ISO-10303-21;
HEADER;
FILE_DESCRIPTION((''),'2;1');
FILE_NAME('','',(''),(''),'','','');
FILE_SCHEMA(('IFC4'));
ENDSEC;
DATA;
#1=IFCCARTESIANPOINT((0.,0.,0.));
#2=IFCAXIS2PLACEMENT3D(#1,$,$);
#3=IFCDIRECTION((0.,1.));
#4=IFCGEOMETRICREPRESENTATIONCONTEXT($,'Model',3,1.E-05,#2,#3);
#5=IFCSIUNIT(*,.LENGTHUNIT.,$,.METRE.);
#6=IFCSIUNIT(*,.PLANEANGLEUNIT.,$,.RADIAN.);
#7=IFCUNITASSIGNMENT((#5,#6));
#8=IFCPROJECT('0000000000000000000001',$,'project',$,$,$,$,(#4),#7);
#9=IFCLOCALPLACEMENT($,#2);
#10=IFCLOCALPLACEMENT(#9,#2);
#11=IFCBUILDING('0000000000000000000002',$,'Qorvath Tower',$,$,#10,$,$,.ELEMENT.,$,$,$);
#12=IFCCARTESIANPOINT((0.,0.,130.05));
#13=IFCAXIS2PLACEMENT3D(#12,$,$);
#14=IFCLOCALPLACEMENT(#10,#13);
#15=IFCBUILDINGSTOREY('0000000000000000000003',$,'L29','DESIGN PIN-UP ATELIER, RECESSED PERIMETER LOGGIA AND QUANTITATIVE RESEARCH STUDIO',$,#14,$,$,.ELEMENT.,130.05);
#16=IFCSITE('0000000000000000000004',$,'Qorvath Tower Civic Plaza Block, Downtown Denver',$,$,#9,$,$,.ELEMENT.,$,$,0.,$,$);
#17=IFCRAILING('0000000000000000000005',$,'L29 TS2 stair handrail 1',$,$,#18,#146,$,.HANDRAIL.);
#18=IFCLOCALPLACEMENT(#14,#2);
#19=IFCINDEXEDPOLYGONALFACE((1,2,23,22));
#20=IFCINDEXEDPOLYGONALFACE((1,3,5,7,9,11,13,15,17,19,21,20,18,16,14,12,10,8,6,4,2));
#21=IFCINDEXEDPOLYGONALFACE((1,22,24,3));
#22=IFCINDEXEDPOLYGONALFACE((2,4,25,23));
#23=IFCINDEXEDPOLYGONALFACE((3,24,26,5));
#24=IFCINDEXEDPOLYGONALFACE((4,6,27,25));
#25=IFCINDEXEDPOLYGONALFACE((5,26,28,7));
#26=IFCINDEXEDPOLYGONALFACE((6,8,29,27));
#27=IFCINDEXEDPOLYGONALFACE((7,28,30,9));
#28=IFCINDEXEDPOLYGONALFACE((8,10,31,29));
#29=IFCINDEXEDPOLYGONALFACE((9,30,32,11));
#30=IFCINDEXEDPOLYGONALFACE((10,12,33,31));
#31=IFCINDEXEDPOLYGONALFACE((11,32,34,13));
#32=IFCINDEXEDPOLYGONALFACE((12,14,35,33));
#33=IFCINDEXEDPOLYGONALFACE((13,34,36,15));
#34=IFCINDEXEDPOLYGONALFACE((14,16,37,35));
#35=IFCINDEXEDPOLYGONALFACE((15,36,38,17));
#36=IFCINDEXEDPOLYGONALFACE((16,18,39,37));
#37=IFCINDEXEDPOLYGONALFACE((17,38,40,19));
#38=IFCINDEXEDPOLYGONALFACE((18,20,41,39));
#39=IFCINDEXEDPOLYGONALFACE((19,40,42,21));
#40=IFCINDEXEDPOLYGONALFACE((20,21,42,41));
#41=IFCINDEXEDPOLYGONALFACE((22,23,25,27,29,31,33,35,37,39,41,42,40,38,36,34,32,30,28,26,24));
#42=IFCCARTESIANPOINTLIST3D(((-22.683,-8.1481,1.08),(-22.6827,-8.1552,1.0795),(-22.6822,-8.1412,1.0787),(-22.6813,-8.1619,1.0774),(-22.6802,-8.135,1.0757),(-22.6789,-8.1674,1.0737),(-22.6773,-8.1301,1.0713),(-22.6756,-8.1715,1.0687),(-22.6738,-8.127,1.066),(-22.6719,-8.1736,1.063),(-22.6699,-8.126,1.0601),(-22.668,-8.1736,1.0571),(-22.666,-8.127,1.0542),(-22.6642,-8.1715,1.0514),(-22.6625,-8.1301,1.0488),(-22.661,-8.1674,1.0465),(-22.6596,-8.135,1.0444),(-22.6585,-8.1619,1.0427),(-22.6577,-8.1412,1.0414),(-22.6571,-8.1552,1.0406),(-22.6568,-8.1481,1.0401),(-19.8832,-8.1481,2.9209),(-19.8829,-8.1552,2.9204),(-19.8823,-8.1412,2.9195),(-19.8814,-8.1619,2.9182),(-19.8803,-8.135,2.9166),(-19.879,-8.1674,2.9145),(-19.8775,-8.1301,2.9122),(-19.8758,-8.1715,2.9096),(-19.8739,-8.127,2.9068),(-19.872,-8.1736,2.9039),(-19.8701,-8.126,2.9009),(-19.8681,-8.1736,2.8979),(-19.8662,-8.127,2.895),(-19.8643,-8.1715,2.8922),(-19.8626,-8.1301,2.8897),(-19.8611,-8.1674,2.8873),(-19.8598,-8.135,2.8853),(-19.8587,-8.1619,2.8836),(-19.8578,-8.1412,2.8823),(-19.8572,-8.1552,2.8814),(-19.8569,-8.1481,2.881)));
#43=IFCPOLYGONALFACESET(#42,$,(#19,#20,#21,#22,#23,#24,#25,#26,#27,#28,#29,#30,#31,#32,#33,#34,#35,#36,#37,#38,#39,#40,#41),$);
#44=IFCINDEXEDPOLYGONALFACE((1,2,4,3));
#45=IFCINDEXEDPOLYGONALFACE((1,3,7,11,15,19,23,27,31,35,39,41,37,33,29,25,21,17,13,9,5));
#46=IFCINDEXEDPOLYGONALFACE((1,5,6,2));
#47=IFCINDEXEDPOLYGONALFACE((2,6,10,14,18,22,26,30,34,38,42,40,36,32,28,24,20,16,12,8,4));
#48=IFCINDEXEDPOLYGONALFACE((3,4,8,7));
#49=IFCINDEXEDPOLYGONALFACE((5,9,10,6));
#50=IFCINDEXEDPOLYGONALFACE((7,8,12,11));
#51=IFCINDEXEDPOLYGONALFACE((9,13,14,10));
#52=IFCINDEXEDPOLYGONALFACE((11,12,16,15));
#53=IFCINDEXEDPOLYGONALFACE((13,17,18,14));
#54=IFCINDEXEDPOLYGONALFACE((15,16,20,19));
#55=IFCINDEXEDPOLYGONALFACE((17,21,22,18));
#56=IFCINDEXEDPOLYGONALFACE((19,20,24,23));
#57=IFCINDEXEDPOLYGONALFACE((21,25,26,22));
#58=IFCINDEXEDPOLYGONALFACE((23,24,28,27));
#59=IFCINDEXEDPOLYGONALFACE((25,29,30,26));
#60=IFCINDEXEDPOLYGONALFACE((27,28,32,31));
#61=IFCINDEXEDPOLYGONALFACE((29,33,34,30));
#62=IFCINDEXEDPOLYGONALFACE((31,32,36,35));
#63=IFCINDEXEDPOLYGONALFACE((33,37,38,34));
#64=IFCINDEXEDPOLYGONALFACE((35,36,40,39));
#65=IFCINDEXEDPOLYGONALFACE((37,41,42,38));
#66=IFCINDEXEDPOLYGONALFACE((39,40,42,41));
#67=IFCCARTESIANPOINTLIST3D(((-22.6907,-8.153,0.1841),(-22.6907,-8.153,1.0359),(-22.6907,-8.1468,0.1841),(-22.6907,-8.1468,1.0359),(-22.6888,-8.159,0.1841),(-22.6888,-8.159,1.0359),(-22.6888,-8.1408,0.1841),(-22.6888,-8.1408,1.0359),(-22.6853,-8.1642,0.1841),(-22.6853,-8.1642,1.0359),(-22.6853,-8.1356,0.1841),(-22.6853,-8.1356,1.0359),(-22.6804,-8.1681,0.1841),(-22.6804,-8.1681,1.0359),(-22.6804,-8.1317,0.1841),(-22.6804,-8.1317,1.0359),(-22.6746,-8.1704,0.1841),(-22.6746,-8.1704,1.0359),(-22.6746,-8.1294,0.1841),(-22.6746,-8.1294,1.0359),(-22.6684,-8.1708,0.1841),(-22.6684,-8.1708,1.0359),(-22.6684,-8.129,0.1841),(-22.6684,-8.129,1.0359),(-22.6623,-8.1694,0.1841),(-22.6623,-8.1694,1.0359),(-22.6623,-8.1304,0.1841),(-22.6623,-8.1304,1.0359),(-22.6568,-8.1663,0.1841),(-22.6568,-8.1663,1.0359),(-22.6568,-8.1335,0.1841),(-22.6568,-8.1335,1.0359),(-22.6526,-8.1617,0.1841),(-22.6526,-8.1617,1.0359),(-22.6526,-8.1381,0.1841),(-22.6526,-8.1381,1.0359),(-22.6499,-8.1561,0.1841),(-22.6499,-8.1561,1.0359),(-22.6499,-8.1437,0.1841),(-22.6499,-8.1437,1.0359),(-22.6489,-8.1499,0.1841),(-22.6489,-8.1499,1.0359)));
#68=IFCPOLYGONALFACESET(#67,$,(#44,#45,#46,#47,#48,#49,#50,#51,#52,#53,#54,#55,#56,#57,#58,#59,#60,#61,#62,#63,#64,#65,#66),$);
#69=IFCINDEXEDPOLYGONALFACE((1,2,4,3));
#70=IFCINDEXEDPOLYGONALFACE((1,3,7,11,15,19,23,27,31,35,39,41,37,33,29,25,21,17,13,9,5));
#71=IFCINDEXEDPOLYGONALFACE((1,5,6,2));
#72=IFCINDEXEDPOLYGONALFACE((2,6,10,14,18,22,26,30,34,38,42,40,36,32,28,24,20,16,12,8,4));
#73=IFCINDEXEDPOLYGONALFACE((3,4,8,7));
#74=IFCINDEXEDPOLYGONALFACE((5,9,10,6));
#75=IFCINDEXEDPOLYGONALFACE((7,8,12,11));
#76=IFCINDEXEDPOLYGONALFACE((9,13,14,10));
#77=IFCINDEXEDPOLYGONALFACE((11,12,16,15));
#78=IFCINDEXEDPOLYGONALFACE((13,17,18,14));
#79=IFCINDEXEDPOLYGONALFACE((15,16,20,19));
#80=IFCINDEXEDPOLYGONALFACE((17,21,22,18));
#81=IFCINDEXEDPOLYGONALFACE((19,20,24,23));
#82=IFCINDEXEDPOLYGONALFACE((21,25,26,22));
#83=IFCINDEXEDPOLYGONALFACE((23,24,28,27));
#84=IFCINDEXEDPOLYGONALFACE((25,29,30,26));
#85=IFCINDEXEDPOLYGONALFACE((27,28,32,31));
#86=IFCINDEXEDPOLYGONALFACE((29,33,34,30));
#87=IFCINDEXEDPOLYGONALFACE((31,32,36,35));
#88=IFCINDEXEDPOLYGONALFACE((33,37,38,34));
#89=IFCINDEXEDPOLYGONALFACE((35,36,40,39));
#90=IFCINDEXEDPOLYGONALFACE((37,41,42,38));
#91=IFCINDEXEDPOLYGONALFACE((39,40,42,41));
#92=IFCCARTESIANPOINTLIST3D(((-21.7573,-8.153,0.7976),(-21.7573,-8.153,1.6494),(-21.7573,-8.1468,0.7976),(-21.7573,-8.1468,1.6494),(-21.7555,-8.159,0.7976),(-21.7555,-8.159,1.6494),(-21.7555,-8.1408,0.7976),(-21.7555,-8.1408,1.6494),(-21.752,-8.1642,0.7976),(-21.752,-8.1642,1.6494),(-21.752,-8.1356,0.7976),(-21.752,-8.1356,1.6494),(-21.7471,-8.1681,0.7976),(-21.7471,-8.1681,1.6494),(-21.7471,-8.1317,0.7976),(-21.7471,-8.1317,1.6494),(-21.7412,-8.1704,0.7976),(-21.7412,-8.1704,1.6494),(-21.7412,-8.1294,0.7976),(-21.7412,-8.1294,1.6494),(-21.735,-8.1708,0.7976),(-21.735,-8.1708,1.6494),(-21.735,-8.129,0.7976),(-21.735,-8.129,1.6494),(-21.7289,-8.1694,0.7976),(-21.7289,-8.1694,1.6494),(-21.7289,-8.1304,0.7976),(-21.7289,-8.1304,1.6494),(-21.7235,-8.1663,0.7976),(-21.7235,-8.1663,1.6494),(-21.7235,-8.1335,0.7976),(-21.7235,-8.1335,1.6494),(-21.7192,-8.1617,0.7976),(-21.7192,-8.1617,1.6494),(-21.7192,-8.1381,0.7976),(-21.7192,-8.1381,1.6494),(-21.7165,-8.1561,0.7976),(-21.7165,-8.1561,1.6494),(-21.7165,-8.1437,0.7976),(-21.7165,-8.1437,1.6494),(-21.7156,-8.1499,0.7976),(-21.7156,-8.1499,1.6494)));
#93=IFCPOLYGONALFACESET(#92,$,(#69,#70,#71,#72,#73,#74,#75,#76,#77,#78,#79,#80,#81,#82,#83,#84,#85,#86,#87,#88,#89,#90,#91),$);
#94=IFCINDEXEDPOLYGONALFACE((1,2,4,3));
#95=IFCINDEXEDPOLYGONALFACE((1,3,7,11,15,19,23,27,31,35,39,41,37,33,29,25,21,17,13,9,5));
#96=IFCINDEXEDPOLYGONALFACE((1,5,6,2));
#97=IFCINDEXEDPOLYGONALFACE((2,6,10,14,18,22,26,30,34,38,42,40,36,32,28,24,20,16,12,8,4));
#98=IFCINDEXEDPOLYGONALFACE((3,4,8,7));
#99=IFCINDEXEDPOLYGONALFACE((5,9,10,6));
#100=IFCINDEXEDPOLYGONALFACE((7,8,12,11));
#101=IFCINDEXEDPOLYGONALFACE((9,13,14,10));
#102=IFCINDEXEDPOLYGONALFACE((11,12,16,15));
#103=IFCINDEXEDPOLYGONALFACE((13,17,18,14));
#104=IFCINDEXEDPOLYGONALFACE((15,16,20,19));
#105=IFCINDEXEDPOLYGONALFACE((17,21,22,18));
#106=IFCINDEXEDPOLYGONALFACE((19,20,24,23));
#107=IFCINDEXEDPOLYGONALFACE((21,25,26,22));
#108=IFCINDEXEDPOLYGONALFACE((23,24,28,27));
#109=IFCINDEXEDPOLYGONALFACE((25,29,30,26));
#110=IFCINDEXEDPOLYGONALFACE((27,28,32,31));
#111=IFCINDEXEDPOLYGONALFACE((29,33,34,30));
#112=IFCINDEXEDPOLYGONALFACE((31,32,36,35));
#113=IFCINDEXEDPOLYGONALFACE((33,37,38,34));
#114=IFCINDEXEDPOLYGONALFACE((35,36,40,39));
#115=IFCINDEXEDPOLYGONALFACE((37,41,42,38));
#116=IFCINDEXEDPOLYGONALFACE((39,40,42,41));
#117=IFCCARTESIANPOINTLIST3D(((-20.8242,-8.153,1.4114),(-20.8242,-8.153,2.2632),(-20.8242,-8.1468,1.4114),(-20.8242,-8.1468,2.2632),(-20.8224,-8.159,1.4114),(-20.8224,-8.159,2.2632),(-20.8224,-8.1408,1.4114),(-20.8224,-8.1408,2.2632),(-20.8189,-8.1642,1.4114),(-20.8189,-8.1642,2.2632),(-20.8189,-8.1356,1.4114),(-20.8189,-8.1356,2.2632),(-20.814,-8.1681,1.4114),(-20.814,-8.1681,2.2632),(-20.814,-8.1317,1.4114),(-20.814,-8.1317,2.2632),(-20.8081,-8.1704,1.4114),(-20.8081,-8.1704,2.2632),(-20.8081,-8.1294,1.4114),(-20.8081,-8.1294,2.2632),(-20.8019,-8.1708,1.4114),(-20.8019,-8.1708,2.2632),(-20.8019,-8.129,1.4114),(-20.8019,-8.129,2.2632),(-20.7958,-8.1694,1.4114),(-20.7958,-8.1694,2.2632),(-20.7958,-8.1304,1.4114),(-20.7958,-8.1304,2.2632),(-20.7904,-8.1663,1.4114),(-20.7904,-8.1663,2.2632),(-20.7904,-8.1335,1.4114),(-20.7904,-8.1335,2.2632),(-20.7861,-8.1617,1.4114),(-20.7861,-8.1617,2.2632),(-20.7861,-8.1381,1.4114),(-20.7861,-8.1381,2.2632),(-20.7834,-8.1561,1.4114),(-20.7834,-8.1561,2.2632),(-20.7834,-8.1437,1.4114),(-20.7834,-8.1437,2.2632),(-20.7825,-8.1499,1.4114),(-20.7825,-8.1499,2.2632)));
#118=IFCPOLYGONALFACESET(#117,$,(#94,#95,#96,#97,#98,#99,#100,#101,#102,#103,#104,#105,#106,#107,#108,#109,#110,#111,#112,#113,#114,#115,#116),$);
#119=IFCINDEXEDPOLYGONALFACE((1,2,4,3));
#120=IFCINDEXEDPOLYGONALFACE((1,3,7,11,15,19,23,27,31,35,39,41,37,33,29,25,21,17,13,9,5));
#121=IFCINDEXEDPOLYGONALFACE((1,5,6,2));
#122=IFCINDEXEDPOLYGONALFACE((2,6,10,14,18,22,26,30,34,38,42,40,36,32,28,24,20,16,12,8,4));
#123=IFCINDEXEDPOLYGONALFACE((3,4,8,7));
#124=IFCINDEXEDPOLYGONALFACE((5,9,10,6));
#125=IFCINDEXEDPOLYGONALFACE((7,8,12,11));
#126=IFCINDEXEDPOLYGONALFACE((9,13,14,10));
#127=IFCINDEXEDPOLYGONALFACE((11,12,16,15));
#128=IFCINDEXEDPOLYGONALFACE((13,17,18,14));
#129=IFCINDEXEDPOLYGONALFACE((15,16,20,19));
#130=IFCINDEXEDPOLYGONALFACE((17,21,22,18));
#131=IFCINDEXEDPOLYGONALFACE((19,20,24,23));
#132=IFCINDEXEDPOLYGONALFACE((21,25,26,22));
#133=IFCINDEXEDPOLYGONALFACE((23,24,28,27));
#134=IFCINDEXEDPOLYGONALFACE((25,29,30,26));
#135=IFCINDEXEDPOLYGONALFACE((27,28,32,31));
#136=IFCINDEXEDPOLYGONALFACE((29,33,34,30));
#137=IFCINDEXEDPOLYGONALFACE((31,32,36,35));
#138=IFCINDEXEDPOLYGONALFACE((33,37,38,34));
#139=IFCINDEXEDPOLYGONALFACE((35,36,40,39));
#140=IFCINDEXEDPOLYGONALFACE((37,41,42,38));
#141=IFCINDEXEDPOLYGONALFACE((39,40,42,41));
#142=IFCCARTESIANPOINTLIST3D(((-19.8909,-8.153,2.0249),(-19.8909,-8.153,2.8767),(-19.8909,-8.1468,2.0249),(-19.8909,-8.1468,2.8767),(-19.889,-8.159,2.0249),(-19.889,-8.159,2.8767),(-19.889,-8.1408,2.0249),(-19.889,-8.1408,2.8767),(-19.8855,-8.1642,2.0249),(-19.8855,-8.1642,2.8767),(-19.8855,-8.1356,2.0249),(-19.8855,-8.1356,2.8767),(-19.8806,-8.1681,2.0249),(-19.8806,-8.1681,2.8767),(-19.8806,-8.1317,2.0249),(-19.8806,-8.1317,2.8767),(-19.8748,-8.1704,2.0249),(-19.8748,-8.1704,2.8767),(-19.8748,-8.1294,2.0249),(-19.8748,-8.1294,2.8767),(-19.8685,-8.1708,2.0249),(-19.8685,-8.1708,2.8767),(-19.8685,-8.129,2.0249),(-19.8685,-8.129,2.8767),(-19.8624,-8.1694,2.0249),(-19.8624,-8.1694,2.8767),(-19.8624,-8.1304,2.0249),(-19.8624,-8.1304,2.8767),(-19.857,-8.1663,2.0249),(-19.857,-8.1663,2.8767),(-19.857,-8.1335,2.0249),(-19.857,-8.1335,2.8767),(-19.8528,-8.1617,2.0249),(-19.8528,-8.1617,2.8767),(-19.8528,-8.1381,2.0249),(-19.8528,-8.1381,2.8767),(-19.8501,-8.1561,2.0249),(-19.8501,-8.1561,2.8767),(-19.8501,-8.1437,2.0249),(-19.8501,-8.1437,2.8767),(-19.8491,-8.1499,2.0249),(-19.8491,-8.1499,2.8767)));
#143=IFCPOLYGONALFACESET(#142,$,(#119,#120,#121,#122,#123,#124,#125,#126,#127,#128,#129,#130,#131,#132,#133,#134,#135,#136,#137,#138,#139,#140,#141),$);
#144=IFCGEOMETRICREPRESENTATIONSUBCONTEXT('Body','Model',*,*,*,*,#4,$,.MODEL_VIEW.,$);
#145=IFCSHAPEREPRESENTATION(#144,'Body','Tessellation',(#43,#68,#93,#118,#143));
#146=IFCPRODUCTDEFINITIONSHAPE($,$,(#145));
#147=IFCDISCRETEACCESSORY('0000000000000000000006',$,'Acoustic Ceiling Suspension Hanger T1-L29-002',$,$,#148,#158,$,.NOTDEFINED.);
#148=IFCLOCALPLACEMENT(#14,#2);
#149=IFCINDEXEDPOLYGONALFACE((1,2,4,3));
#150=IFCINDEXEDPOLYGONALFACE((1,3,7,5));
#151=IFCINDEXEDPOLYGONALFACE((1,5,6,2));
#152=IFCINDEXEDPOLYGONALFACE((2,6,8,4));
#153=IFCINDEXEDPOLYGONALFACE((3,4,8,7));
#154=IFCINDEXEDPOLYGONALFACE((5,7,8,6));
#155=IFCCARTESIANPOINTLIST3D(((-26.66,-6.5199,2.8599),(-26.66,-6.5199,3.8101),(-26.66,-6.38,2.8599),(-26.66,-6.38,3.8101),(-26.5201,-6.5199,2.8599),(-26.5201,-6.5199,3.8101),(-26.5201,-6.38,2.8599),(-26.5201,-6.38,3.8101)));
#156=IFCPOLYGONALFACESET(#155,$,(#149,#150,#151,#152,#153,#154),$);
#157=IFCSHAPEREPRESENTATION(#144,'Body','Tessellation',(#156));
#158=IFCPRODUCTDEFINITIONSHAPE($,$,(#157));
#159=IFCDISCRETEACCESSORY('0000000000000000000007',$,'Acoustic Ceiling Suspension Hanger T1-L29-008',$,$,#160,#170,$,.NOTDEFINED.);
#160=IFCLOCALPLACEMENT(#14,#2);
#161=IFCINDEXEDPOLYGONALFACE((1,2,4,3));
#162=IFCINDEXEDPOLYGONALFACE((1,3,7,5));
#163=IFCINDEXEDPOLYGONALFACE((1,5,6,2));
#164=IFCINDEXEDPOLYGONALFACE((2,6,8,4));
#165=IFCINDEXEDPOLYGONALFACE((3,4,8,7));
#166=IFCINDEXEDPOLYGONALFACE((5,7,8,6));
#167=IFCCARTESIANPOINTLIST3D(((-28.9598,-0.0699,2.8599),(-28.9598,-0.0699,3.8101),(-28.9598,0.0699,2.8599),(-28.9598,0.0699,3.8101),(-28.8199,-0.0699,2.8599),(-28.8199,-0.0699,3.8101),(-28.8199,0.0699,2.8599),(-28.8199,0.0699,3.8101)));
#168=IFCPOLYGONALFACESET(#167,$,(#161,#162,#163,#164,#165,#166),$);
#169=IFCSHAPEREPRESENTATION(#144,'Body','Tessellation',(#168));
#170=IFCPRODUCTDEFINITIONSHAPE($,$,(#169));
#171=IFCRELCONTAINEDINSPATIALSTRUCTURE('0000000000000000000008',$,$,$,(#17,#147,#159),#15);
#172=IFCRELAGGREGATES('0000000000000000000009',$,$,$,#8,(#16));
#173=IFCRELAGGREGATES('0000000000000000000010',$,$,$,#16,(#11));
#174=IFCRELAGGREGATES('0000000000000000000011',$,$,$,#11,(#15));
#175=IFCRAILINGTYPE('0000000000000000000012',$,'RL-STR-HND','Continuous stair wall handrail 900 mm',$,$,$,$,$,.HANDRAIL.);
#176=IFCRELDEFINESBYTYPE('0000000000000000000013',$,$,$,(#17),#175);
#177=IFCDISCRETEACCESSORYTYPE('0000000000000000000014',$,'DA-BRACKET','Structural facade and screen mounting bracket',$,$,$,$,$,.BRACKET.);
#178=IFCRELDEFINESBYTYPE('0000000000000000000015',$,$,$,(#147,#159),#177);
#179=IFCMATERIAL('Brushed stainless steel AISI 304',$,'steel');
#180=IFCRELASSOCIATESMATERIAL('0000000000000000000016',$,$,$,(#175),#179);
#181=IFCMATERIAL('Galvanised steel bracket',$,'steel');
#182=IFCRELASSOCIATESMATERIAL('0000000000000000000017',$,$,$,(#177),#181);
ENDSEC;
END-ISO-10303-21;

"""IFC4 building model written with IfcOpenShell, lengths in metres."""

from ifc_helpers import new_model, si_unit, direction, frame, origin, origin_2d, place, context, subcontext, project, spatial, rectangle, circle, extrude, material, type_object, element, save


model = new_model("IFC4")

# Units and contexts
model_context = context("Model", 3, precision=1e-05, world=origin(), true_north=direction((0.0, 1.0)))
body_context = subcontext(model_context, "Body", "Model", "MODEL_VIEW")
ifc_project = project(units=[si_unit("LENGTHUNIT", "METRE"), si_unit("PLANEANGLEUNIT", "RADIAN")], contexts=[model_context])

# Site, building, storey
site_placement = place(None, origin())
site = spatial("IfcSite", under=ifc_project, at=site_placement, Name="Qorvath Tower Civic Plaza Block, Downtown Denver", CompositionType="ELEMENT", RefElevation=0.0)
building_placement = place(site_placement, origin())
building = spatial("IfcBuilding", under=site, at=building_placement, Name="Qorvath Tower", CompositionType="ELEMENT")
storey_placement = place(building_placement, frame((0.0, 0.0, 130.05)))
storey = spatial("IfcBuildingStorey", under=building, at=storey_placement, Name="L29", Description="DESIGN PIN-UP ATELIER, RECESSED PERIMETER LOGGIA AND QUANTITATIVE RESEARCH STUDIO", CompositionType="ELEMENT", Elevation=130.05)

# Railing
ifc_material_1 = material(Name="Brushed stainless steel AISI 304", Category="steel")
railing_type_1 = type_object("IfcRailingType", Name="RL-STR-HND", Description="Continuous stair wall handrail 900 mm", PredefinedType="HANDRAIL", material=ifc_material_1)
railing_1_placement = place(storey_placement, frame((-22.6699, -8.1499, 0.1841)))
element("IfcRailing", 1, at=railing_1_placement, inside=storey, type_object=railing_type_1, Name="L29 TS2 stair handrail 1", PredefinedType="HANDRAIL", context=body_context, shape_type="SweptSolid", body=[
    extrude(circle(Radius=0.0239, at=origin_2d()), frame((0.0, 0.0, 0.876), z_axis=(0.835576, 0.0, 0.549376), x_axis=(0.0, 1.0, 0.0)), (0.0, 0.0, 1.0), 3.3508),
    extrude(circle(Radius=0.021, at=origin_2d()), origin(), (0.0, 0.0, 1.0), 0.8518),
    extrude(circle(Radius=0.021, at=origin_2d()), frame((0.9333, 0.0, 0.6135)), (0.0, 0.0, 1.0), 0.8518),
    extrude(circle(Radius=0.021, at=origin_2d()), frame((1.8665, 0.0, 1.2273)), (0.0, 0.0, 1.0), 0.8518),
    extrude(circle(Radius=0.021, at=origin_2d()), frame((2.7998, 0.0, 1.8408)), (0.0, 0.0, 1.0), 0.8518),
])

# Discrete accessories
ifc_material_2 = material(Name="Galvanised steel bracket", Category="steel")
discrete_accessory_type = type_object("IfcDiscreteAccessoryType", Name="DA-BRACKET", Description="Structural facade and screen mounting bracket", PredefinedType="BRACKET", material=ifc_material_2)
for number, where, z_axis, x_axis, name in (
    (2, (-26.5901, -6.45, 2.8599), (0.0, 0.0, 1.0), (1.0, 0.0, 0.0), "Acoustic Ceiling Suspension Hanger T1-L29-002"),
    (3, (-28.8899, 0.0, 2.8599), (0.0, 0.0, 1.0), (1.0, 0.0, 0.0), "Acoustic Ceiling Suspension Hanger T1-L29-008"),
):
    element("IfcDiscreteAccessory", number, at=place(storey_placement, frame(where, z_axis=z_axis, x_axis=x_axis)), inside=storey, type_object=discrete_accessory_type, Name=name, PredefinedType="NOTDEFINED", context=body_context, shape_type="SweptSolid", body=[
        extrude(rectangle(XDim=0.1399, YDim=0.1399, at=origin_2d()), origin(), (0.0, 0.0, 1.0), 0.9502),
    ])

save(model, "model.ifc")
